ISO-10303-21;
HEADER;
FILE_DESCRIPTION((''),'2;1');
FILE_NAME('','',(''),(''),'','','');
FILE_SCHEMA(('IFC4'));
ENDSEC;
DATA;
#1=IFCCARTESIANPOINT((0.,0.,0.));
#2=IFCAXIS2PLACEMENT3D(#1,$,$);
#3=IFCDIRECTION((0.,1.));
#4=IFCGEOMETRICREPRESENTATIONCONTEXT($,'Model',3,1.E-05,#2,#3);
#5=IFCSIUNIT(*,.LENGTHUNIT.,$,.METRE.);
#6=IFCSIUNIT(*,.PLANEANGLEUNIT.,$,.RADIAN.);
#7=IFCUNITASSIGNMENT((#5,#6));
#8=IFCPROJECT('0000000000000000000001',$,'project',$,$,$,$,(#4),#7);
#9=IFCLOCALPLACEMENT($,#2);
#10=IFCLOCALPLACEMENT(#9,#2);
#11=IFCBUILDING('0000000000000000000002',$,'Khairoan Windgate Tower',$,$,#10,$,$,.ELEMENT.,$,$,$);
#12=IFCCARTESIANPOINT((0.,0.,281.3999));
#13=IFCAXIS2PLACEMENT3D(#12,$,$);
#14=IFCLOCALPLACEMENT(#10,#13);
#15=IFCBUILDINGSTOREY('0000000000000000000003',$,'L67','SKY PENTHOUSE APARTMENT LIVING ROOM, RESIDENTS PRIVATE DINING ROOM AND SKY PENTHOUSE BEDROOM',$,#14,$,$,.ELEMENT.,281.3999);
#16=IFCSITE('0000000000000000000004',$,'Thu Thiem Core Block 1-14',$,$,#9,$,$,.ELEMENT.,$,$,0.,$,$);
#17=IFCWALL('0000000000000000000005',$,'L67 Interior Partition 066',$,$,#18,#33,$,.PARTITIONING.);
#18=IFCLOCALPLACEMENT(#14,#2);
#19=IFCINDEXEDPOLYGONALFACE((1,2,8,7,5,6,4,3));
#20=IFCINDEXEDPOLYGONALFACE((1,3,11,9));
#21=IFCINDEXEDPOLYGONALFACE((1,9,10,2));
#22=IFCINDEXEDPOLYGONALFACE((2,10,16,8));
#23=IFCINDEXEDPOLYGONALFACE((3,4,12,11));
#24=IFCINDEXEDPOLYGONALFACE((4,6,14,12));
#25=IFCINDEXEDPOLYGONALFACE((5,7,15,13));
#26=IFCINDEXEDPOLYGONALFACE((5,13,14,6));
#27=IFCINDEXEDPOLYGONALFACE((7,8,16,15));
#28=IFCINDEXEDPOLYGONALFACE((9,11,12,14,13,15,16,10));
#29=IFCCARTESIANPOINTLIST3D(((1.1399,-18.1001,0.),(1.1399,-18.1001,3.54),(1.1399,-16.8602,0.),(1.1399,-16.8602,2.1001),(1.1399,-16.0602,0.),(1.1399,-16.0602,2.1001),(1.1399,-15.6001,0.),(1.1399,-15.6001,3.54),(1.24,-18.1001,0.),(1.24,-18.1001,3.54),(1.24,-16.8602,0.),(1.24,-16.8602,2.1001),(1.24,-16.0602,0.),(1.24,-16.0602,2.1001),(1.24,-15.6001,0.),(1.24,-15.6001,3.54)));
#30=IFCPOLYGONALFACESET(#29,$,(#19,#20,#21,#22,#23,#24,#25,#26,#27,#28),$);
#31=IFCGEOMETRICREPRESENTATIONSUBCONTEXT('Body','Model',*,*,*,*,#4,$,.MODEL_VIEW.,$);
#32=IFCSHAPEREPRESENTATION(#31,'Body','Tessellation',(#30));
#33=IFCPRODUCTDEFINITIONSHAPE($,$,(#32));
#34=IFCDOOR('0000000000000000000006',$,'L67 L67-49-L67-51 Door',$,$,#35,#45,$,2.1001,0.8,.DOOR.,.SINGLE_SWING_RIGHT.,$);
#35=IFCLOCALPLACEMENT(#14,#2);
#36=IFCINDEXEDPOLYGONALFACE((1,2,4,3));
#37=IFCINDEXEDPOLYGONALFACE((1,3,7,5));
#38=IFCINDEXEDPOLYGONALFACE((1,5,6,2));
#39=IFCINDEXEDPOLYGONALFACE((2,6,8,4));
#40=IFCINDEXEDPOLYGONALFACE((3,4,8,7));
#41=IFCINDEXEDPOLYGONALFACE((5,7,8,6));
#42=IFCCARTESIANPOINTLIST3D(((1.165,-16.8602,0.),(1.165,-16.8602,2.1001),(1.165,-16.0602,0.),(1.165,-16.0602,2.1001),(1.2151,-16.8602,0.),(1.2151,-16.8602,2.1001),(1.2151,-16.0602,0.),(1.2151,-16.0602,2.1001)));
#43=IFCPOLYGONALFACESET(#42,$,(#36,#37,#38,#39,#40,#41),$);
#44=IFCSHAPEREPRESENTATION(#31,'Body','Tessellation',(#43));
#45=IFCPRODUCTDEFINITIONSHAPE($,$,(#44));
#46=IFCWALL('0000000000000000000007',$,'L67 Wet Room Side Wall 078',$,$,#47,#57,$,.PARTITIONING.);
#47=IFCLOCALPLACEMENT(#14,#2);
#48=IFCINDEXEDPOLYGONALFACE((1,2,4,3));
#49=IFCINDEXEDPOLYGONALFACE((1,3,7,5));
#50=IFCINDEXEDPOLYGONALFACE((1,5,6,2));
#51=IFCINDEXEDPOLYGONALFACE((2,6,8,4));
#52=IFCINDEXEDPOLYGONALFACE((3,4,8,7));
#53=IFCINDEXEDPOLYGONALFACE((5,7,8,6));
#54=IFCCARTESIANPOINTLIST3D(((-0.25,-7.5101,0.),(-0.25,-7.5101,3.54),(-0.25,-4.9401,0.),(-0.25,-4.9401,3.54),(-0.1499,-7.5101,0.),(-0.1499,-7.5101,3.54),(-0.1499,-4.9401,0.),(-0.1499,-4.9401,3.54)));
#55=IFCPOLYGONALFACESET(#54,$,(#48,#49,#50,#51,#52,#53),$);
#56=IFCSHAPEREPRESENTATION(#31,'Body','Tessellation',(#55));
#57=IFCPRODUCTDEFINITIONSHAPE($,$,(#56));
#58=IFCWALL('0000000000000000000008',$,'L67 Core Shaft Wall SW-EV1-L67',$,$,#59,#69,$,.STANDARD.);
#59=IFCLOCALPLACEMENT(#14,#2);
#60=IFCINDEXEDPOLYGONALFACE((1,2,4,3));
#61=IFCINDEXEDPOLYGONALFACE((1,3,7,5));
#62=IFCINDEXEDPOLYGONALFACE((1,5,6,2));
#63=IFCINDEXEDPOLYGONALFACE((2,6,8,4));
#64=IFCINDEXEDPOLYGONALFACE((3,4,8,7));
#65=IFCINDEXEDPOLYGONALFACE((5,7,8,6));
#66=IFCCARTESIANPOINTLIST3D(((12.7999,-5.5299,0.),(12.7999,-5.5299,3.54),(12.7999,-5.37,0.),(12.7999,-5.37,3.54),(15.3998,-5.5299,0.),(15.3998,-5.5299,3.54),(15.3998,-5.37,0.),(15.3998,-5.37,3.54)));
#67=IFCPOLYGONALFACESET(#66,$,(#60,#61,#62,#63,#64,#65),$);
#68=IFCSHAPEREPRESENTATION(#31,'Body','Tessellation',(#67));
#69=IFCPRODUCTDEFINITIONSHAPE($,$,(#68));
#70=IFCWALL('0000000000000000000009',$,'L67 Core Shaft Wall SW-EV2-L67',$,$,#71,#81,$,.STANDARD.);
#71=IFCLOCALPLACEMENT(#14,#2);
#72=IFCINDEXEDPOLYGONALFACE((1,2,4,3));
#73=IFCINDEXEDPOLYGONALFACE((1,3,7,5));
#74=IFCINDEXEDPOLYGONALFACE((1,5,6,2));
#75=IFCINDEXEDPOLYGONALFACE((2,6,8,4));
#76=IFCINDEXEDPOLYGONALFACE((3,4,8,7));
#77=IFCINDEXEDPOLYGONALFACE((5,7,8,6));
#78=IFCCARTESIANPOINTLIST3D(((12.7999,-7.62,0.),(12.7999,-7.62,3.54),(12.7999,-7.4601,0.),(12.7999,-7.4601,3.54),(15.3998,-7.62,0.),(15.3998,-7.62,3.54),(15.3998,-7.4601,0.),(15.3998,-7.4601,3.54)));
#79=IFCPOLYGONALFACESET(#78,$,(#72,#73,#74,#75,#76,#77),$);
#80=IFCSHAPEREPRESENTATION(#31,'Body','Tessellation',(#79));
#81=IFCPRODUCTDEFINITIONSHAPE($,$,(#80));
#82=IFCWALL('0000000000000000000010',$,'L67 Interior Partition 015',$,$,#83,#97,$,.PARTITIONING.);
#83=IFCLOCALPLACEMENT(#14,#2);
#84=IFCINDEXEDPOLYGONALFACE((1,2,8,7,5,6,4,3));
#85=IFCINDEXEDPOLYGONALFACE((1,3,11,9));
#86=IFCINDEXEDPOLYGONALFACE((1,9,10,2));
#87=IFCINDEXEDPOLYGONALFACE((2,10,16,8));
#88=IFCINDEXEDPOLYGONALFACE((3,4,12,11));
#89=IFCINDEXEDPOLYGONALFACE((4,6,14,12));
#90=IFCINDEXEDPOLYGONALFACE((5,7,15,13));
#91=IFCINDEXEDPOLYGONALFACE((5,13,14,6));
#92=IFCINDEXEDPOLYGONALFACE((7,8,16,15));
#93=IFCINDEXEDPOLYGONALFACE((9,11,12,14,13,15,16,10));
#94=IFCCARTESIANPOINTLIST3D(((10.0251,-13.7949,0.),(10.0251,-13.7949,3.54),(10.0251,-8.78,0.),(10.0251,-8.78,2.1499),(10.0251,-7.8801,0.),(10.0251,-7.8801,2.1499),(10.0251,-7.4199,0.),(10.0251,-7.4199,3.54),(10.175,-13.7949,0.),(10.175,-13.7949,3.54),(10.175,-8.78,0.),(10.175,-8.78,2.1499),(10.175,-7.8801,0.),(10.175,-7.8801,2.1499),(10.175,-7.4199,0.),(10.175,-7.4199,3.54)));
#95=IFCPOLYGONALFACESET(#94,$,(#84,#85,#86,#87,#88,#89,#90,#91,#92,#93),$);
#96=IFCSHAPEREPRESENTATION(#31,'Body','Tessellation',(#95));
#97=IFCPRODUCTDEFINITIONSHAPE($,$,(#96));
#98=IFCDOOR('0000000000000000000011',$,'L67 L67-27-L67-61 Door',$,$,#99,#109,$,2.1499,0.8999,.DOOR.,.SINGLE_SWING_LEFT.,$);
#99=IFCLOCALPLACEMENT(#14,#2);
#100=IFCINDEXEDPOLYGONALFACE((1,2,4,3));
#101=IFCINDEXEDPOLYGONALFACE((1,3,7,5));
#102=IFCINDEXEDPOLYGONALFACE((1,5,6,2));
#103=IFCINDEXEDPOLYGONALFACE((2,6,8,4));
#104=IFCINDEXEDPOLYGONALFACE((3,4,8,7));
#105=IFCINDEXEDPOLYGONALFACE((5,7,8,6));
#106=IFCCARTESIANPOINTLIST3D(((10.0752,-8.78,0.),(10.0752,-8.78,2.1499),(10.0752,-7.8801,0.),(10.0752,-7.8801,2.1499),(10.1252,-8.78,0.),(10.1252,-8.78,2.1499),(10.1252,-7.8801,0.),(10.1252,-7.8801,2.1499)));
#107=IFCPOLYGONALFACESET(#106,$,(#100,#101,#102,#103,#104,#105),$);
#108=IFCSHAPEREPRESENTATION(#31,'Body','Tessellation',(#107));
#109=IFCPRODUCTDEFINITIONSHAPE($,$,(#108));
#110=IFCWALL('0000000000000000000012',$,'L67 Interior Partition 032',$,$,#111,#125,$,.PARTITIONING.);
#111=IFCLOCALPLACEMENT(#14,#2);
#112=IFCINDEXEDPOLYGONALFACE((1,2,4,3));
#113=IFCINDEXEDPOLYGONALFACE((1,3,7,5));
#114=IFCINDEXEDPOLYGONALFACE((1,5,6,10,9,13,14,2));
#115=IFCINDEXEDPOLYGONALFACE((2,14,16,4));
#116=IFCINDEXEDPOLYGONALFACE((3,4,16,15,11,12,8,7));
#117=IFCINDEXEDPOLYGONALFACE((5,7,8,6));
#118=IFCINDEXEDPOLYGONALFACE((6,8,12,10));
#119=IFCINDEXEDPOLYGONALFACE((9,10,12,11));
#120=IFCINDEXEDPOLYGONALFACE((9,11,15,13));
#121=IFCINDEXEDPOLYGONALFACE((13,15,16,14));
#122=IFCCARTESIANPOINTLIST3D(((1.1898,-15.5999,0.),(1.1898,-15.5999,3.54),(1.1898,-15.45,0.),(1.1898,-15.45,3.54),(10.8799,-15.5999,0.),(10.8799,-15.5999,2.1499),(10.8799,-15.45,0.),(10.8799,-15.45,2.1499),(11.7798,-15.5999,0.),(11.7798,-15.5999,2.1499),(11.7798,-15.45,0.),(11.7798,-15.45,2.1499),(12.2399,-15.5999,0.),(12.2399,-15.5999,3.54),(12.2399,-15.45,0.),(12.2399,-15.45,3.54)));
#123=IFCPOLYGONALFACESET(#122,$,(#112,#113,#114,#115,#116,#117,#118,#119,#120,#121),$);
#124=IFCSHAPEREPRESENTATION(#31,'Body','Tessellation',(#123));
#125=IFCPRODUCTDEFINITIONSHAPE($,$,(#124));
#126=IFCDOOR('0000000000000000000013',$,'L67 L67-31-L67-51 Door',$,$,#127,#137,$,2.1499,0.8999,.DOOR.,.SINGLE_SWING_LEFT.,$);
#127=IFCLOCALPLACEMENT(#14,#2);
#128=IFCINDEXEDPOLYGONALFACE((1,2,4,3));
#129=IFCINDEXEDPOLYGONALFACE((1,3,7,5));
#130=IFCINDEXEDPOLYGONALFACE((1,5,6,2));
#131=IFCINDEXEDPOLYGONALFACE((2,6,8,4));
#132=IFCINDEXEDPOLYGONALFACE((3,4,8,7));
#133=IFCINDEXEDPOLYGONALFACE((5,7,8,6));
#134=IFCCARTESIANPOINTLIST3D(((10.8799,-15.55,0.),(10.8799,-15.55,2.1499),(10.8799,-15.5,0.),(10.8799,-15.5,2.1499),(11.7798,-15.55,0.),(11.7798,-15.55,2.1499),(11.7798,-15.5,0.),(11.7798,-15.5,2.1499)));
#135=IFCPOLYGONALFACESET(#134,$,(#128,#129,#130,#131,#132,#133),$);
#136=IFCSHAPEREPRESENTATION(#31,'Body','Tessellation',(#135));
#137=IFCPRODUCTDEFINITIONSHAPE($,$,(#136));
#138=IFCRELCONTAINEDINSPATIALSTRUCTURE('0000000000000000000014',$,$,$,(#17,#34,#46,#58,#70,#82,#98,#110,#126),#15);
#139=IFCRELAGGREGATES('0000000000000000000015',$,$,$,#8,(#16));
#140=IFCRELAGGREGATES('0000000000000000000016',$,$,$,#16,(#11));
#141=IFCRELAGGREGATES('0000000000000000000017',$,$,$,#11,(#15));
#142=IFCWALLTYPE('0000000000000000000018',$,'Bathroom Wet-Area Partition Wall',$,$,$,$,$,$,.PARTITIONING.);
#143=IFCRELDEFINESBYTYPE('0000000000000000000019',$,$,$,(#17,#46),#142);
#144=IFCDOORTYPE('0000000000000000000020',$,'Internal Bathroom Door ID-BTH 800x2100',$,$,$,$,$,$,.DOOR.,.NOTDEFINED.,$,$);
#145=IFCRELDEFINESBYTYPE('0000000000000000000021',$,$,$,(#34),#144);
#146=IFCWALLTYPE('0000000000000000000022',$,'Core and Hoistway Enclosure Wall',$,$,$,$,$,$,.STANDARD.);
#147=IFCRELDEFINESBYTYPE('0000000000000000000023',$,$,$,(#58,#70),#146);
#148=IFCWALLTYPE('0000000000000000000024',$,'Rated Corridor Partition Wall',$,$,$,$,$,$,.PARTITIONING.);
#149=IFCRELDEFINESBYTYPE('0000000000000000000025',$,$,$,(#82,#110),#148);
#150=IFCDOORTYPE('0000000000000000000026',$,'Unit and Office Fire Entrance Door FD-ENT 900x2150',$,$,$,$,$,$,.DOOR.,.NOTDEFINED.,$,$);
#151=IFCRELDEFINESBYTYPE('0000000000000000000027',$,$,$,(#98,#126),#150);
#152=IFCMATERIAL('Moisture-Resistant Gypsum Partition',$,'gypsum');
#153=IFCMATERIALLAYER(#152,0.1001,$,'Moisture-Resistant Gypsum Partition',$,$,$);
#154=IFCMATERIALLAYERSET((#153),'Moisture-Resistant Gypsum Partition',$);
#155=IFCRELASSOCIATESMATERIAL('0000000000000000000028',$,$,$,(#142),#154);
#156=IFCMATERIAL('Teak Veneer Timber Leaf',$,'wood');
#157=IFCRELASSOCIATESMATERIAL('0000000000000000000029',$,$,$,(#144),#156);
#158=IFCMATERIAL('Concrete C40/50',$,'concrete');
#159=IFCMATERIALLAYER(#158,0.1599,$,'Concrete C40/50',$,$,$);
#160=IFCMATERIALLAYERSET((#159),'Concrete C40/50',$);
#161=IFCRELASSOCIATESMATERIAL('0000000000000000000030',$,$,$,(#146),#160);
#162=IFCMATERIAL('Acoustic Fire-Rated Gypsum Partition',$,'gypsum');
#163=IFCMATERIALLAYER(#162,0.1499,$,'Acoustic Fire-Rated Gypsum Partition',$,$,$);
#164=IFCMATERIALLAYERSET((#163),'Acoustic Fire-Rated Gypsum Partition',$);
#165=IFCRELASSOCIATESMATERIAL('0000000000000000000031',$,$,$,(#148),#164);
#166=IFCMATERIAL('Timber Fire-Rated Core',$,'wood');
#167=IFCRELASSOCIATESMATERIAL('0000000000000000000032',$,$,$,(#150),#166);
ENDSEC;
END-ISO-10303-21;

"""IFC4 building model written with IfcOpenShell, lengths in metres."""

from ifc_helpers import new_model, si_unit, direction, frame, frame_2d, origin, place, context, subcontext, project, spatial, rectangle, extrude, material, layer, layer_set, type_object, element, fill, save


model = new_model("IFC4")

# Units and contexts
model_context = context("Model", 3, precision=1e-05, world=origin(), true_north=direction((0.0, 1.0)))
body_context = subcontext(model_context, "Body", "Model", "MODEL_VIEW")
ifc_project = project(units=[si_unit("LENGTHUNIT", "METRE"), si_unit("PLANEANGLEUNIT", "RADIAN")], contexts=[model_context])

# Site, building, storey
site_placement = place(None, origin())
site = spatial("IfcSite", under=ifc_project, at=site_placement, Name="Thu Thiem Core Block 1-14", CompositionType="ELEMENT", RefElevation=0.0)
building_placement = place(site_placement, origin())
building = spatial("IfcBuilding", under=site, at=building_placement, Name="Khairoan Windgate Tower", CompositionType="ELEMENT")
storey_placement = place(building_placement, frame((0.0, 0.0, 281.3999)))
storey = spatial("IfcBuildingStorey", under=building, at=storey_placement, Name="L67", Description="SKY PENTHOUSE APARTMENT LIVING ROOM, RESIDENTS PRIVATE DINING ROOM AND SKY PENTHOUSE BEDROOM", CompositionType="ELEMENT", Elevation=281.3999)

# Wall, opening, door
ifc_material_1 = material(Name="Moisture-Resistant Gypsum Partition", Category="gypsum")
ifc_layer_1 = layer(ifc_material_1, 0.1001, Name="Moisture-Resistant Gypsum Partition")
ifc_layer_set_1 = layer_set([ifc_layer_1], Name="Moisture-Resistant Gypsum Partition")
wall_type_1 = type_object("IfcWallType", Name="Bathroom Wet-Area Partition Wall", PredefinedType="PARTITIONING", material=ifc_layer_set_1)
wall_1_placement = place(storey_placement, frame((1.1899, -18.1001, 0.0), z_axis=(0.0, 0.0, 1.0), x_axis=(0.0, 1.0, 0.0)))
wall_1 = element("IfcWall", 1, at=wall_1_placement, inside=storey, type_object=wall_type_1, Name="L67 Interior Partition 066", PredefinedType="PARTITIONING", context=body_context, shape_type="SweptSolid", body=[
    extrude(rectangle(XDim=2.5, YDim=0.1001, at=frame_2d((1.25, 0.0))), origin(), (0.0, 0.0, 1.0), 3.54),
])
opening_1_placement = place(wall_1_placement, frame((1.24, 0.0, 0.0)))
opening_1 = element("IfcOpeningElement", 2, at=opening_1_placement, cuts=wall_1, PredefinedType="OPENING", context=body_context, shape_type="SweptSolid", body=[
    extrude(rectangle(XDim=0.8, YDim=2.1001, at=frame_2d((0.3999, 1.05))), frame((0.0, 0.0601, 0.0), z_axis=(0.0, -1.0, 0.0), x_axis=(1.0, 0.0, 0.0)), (0.0, 0.0, 1.0), 0.1201),
])
ifc_material_2 = material(Name="Teak Veneer Timber Leaf", Category="wood")
door_type_1 = type_object("IfcDoorType", Name="Internal Bathroom Door ID-BTH 800x2100", OperationType="NOTDEFINED", PredefinedType="DOOR", material=ifc_material_2)
door_1_placement = place(opening_1_placement, origin())
door_1 = element("IfcDoor", 3, at=door_1_placement, inside=storey, type_object=door_type_1, Name="L67 L67-49-L67-51 Door", OperationType="SINGLE_SWING_RIGHT", OverallHeight=2.1001, OverallWidth=0.8, PredefinedType="DOOR", context=body_context, shape_type="SweptSolid", body=[
    extrude(rectangle(XDim=0.8, YDim=2.1001, at=frame_2d((0.3999, 1.05))), frame((0.0, 0.0249, 0.0), z_axis=(0.0, -1.0, 0.0), x_axis=(1.0, 0.0, 0.0)), (0.0, 0.0, 1.0), 0.05),
])
fill(opening_1, door_1)

# Walls
wall_2_placement = place(storey_placement, frame((-0.2, -4.9399, 0.0), z_axis=(0.0, 0.0, 1.0), x_axis=(0.0, -1.0, 0.0)))
element("IfcWall", 4, at=wall_2_placement, inside=storey, type_object=wall_type_1, Name="L67 Wet Room Side Wall 078", PredefinedType="PARTITIONING", context=body_context, shape_type="SweptSolid", body=[
    extrude(rectangle(XDim=2.5701, YDim=0.1001, at=frame_2d((1.2852, 0.0))), origin(), (0.0, 0.0, 1.0), 3.54),
])
ifc_material_3 = material(Name="Concrete C40/50", Category="concrete")
ifc_layer_2 = layer(ifc_material_3, 0.1599, Name="Concrete C40/50")
ifc_layer_set_2 = layer_set([ifc_layer_2], Name="Concrete C40/50")
wall_type_2 = type_object("IfcWallType", Name="Core and Hoistway Enclosure Wall", PredefinedType="STANDARD", material=ifc_layer_set_2)
for number, where, z_axis, x_axis, name in (
    (5, (12.8, -5.45, 0.0), (0.0, 0.0, 1.0), (1.0, 0.0, 0.0), "L67 Core Shaft Wall SW-EV1-L67"),
    (6, (12.8, -7.54, 0.0), (0.0, 0.0, 1.0), (1.0, 0.0, 0.0), "L67 Core Shaft Wall SW-EV2-L67"),
):
    element("IfcWall", number, at=place(storey_placement, frame(where, z_axis=z_axis, x_axis=x_axis)), inside=storey, type_object=wall_type_2, Name=name, PredefinedType="STANDARD", context=body_context, shape_type="SweptSolid", body=[
        extrude(rectangle(XDim=2.5999, YDim=0.1599, at=frame_2d((1.2998, 0.0))), origin(), (0.0, 0.0, 1.0), 3.54),
    ])

# Walls, openings, doors
ifc_material_4 = material(Name="Acoustic Fire-Rated Gypsum Partition", Category="gypsum")
ifc_layer_3 = layer(ifc_material_4, 0.1499, Name="Acoustic Fire-Rated Gypsum Partition")
ifc_layer_set_3 = layer_set([ifc_layer_3], Name="Acoustic Fire-Rated Gypsum Partition")
wall_type_3 = type_object("IfcWallType", Name="Rated Corridor Partition Wall", PredefinedType="PARTITIONING", material=ifc_layer_set_3)
wall_3_placement = place(storey_placement, frame((10.1001, -13.7949, 0.0), z_axis=(0.0, 0.0, 1.0), x_axis=(0.0, 1.0, 0.0)))
wall_3 = element("IfcWall", 7, at=wall_3_placement, inside=storey, type_object=wall_type_3, Name="L67 Interior Partition 015", PredefinedType="PARTITIONING", context=body_context, shape_type="SweptSolid", body=[
    extrude(rectangle(XDim=6.375, YDim=0.1499, at=frame_2d((3.1875, 0.0))), origin(), (0.0, 0.0, 1.0), 3.54),
])
opening_2_placement = place(wall_3_placement, frame((5.0149, 0.0, 0.0)))
opening_2 = element("IfcOpeningElement", 8, at=opening_2_placement, cuts=wall_3, PredefinedType="OPENING", context=body_context, shape_type="SweptSolid", body=[
    extrude(rectangle(XDim=0.8999, YDim=2.1499, at=frame_2d((0.45, 1.075))), frame((0.0, 0.085, 0.0), z_axis=(0.0, -1.0, 0.0), x_axis=(1.0, 0.0, 0.0)), (0.0, 0.0, 1.0), 0.1699),
])
ifc_material_5 = material(Name="Timber Fire-Rated Core", Category="wood")
door_type_2 = type_object("IfcDoorType", Name="Unit and Office Fire Entrance Door FD-ENT 900x2150", OperationType="NOTDEFINED", PredefinedType="DOOR", material=ifc_material_5)
door_2_placement = place(opening_2_placement, origin())
door_2 = element("IfcDoor", 9, at=door_2_placement, inside=storey, type_object=door_type_2, Name="L67 L67-27-L67-61 Door", OperationType="SINGLE_SWING_LEFT", OverallHeight=2.1499, OverallWidth=0.8999, PredefinedType="DOOR", context=body_context, shape_type="SweptSolid", body=[
    extrude(rectangle(XDim=0.8999, YDim=2.1499, at=frame_2d((0.45, 1.075))), frame((0.0, 0.0249, 0.0), z_axis=(0.0, -1.0, 0.0), x_axis=(1.0, 0.0, 0.0)), (0.0, 0.0, 1.0), 0.05),
])
fill(opening_2, door_2)
wall_4_placement = place(storey_placement, frame((1.1899, -15.5249, 0.0), z_axis=(0.0, 0.0, 1.0), x_axis=(1.0, 0.0, 0.0)))
wall_4 = element("IfcWall", 10, at=wall_4_placement, inside=storey, type_object=wall_type_3, Name="L67 Interior Partition 032", PredefinedType="PARTITIONING", context=body_context, shape_type="SweptSolid", body=[
    extrude(rectangle(XDim=11.05, YDim=0.1499, at=frame_2d((5.5249, 0.0))), origin(), (0.0, 0.0, 1.0), 3.54),
])
opening_3_placement = place(wall_4_placement, frame((9.6899, 0.0, 0.0)))
opening_3 = element("IfcOpeningElement", 11, at=opening_3_placement, cuts=wall_4, PredefinedType="OPENING", context=body_context, shape_type="SweptSolid", body=[
    extrude(rectangle(XDim=0.8999, YDim=2.1499, at=frame_2d((0.45, 1.075))), frame((0.0, 0.085, 0.0), z_axis=(0.0, -1.0, 0.0), x_axis=(1.0, 0.0, 0.0)), (0.0, 0.0, 1.0), 0.1699),
])
door_3_placement = place(opening_3_placement, origin())
door_3 = element("IfcDoor", 12, at=door_3_placement, inside=storey, type_object=door_type_2, Name="L67 L67-31-L67-51 Door", OperationType="SINGLE_SWING_LEFT", OverallHeight=2.1499, OverallWidth=0.8999, PredefinedType="DOOR", context=body_context, shape_type="SweptSolid", body=[
    extrude(rectangle(XDim=0.8999, YDim=2.1499, at=frame_2d((0.45, 1.075))), frame((0.0, 0.0249, 0.0), z_axis=(0.0, -1.0, 0.0), x_axis=(1.0, 0.0, 0.0)), (0.0, 0.0, 1.0), 0.05),
])
fill(opening_3, door_3)

save(model, "model.ifc")
